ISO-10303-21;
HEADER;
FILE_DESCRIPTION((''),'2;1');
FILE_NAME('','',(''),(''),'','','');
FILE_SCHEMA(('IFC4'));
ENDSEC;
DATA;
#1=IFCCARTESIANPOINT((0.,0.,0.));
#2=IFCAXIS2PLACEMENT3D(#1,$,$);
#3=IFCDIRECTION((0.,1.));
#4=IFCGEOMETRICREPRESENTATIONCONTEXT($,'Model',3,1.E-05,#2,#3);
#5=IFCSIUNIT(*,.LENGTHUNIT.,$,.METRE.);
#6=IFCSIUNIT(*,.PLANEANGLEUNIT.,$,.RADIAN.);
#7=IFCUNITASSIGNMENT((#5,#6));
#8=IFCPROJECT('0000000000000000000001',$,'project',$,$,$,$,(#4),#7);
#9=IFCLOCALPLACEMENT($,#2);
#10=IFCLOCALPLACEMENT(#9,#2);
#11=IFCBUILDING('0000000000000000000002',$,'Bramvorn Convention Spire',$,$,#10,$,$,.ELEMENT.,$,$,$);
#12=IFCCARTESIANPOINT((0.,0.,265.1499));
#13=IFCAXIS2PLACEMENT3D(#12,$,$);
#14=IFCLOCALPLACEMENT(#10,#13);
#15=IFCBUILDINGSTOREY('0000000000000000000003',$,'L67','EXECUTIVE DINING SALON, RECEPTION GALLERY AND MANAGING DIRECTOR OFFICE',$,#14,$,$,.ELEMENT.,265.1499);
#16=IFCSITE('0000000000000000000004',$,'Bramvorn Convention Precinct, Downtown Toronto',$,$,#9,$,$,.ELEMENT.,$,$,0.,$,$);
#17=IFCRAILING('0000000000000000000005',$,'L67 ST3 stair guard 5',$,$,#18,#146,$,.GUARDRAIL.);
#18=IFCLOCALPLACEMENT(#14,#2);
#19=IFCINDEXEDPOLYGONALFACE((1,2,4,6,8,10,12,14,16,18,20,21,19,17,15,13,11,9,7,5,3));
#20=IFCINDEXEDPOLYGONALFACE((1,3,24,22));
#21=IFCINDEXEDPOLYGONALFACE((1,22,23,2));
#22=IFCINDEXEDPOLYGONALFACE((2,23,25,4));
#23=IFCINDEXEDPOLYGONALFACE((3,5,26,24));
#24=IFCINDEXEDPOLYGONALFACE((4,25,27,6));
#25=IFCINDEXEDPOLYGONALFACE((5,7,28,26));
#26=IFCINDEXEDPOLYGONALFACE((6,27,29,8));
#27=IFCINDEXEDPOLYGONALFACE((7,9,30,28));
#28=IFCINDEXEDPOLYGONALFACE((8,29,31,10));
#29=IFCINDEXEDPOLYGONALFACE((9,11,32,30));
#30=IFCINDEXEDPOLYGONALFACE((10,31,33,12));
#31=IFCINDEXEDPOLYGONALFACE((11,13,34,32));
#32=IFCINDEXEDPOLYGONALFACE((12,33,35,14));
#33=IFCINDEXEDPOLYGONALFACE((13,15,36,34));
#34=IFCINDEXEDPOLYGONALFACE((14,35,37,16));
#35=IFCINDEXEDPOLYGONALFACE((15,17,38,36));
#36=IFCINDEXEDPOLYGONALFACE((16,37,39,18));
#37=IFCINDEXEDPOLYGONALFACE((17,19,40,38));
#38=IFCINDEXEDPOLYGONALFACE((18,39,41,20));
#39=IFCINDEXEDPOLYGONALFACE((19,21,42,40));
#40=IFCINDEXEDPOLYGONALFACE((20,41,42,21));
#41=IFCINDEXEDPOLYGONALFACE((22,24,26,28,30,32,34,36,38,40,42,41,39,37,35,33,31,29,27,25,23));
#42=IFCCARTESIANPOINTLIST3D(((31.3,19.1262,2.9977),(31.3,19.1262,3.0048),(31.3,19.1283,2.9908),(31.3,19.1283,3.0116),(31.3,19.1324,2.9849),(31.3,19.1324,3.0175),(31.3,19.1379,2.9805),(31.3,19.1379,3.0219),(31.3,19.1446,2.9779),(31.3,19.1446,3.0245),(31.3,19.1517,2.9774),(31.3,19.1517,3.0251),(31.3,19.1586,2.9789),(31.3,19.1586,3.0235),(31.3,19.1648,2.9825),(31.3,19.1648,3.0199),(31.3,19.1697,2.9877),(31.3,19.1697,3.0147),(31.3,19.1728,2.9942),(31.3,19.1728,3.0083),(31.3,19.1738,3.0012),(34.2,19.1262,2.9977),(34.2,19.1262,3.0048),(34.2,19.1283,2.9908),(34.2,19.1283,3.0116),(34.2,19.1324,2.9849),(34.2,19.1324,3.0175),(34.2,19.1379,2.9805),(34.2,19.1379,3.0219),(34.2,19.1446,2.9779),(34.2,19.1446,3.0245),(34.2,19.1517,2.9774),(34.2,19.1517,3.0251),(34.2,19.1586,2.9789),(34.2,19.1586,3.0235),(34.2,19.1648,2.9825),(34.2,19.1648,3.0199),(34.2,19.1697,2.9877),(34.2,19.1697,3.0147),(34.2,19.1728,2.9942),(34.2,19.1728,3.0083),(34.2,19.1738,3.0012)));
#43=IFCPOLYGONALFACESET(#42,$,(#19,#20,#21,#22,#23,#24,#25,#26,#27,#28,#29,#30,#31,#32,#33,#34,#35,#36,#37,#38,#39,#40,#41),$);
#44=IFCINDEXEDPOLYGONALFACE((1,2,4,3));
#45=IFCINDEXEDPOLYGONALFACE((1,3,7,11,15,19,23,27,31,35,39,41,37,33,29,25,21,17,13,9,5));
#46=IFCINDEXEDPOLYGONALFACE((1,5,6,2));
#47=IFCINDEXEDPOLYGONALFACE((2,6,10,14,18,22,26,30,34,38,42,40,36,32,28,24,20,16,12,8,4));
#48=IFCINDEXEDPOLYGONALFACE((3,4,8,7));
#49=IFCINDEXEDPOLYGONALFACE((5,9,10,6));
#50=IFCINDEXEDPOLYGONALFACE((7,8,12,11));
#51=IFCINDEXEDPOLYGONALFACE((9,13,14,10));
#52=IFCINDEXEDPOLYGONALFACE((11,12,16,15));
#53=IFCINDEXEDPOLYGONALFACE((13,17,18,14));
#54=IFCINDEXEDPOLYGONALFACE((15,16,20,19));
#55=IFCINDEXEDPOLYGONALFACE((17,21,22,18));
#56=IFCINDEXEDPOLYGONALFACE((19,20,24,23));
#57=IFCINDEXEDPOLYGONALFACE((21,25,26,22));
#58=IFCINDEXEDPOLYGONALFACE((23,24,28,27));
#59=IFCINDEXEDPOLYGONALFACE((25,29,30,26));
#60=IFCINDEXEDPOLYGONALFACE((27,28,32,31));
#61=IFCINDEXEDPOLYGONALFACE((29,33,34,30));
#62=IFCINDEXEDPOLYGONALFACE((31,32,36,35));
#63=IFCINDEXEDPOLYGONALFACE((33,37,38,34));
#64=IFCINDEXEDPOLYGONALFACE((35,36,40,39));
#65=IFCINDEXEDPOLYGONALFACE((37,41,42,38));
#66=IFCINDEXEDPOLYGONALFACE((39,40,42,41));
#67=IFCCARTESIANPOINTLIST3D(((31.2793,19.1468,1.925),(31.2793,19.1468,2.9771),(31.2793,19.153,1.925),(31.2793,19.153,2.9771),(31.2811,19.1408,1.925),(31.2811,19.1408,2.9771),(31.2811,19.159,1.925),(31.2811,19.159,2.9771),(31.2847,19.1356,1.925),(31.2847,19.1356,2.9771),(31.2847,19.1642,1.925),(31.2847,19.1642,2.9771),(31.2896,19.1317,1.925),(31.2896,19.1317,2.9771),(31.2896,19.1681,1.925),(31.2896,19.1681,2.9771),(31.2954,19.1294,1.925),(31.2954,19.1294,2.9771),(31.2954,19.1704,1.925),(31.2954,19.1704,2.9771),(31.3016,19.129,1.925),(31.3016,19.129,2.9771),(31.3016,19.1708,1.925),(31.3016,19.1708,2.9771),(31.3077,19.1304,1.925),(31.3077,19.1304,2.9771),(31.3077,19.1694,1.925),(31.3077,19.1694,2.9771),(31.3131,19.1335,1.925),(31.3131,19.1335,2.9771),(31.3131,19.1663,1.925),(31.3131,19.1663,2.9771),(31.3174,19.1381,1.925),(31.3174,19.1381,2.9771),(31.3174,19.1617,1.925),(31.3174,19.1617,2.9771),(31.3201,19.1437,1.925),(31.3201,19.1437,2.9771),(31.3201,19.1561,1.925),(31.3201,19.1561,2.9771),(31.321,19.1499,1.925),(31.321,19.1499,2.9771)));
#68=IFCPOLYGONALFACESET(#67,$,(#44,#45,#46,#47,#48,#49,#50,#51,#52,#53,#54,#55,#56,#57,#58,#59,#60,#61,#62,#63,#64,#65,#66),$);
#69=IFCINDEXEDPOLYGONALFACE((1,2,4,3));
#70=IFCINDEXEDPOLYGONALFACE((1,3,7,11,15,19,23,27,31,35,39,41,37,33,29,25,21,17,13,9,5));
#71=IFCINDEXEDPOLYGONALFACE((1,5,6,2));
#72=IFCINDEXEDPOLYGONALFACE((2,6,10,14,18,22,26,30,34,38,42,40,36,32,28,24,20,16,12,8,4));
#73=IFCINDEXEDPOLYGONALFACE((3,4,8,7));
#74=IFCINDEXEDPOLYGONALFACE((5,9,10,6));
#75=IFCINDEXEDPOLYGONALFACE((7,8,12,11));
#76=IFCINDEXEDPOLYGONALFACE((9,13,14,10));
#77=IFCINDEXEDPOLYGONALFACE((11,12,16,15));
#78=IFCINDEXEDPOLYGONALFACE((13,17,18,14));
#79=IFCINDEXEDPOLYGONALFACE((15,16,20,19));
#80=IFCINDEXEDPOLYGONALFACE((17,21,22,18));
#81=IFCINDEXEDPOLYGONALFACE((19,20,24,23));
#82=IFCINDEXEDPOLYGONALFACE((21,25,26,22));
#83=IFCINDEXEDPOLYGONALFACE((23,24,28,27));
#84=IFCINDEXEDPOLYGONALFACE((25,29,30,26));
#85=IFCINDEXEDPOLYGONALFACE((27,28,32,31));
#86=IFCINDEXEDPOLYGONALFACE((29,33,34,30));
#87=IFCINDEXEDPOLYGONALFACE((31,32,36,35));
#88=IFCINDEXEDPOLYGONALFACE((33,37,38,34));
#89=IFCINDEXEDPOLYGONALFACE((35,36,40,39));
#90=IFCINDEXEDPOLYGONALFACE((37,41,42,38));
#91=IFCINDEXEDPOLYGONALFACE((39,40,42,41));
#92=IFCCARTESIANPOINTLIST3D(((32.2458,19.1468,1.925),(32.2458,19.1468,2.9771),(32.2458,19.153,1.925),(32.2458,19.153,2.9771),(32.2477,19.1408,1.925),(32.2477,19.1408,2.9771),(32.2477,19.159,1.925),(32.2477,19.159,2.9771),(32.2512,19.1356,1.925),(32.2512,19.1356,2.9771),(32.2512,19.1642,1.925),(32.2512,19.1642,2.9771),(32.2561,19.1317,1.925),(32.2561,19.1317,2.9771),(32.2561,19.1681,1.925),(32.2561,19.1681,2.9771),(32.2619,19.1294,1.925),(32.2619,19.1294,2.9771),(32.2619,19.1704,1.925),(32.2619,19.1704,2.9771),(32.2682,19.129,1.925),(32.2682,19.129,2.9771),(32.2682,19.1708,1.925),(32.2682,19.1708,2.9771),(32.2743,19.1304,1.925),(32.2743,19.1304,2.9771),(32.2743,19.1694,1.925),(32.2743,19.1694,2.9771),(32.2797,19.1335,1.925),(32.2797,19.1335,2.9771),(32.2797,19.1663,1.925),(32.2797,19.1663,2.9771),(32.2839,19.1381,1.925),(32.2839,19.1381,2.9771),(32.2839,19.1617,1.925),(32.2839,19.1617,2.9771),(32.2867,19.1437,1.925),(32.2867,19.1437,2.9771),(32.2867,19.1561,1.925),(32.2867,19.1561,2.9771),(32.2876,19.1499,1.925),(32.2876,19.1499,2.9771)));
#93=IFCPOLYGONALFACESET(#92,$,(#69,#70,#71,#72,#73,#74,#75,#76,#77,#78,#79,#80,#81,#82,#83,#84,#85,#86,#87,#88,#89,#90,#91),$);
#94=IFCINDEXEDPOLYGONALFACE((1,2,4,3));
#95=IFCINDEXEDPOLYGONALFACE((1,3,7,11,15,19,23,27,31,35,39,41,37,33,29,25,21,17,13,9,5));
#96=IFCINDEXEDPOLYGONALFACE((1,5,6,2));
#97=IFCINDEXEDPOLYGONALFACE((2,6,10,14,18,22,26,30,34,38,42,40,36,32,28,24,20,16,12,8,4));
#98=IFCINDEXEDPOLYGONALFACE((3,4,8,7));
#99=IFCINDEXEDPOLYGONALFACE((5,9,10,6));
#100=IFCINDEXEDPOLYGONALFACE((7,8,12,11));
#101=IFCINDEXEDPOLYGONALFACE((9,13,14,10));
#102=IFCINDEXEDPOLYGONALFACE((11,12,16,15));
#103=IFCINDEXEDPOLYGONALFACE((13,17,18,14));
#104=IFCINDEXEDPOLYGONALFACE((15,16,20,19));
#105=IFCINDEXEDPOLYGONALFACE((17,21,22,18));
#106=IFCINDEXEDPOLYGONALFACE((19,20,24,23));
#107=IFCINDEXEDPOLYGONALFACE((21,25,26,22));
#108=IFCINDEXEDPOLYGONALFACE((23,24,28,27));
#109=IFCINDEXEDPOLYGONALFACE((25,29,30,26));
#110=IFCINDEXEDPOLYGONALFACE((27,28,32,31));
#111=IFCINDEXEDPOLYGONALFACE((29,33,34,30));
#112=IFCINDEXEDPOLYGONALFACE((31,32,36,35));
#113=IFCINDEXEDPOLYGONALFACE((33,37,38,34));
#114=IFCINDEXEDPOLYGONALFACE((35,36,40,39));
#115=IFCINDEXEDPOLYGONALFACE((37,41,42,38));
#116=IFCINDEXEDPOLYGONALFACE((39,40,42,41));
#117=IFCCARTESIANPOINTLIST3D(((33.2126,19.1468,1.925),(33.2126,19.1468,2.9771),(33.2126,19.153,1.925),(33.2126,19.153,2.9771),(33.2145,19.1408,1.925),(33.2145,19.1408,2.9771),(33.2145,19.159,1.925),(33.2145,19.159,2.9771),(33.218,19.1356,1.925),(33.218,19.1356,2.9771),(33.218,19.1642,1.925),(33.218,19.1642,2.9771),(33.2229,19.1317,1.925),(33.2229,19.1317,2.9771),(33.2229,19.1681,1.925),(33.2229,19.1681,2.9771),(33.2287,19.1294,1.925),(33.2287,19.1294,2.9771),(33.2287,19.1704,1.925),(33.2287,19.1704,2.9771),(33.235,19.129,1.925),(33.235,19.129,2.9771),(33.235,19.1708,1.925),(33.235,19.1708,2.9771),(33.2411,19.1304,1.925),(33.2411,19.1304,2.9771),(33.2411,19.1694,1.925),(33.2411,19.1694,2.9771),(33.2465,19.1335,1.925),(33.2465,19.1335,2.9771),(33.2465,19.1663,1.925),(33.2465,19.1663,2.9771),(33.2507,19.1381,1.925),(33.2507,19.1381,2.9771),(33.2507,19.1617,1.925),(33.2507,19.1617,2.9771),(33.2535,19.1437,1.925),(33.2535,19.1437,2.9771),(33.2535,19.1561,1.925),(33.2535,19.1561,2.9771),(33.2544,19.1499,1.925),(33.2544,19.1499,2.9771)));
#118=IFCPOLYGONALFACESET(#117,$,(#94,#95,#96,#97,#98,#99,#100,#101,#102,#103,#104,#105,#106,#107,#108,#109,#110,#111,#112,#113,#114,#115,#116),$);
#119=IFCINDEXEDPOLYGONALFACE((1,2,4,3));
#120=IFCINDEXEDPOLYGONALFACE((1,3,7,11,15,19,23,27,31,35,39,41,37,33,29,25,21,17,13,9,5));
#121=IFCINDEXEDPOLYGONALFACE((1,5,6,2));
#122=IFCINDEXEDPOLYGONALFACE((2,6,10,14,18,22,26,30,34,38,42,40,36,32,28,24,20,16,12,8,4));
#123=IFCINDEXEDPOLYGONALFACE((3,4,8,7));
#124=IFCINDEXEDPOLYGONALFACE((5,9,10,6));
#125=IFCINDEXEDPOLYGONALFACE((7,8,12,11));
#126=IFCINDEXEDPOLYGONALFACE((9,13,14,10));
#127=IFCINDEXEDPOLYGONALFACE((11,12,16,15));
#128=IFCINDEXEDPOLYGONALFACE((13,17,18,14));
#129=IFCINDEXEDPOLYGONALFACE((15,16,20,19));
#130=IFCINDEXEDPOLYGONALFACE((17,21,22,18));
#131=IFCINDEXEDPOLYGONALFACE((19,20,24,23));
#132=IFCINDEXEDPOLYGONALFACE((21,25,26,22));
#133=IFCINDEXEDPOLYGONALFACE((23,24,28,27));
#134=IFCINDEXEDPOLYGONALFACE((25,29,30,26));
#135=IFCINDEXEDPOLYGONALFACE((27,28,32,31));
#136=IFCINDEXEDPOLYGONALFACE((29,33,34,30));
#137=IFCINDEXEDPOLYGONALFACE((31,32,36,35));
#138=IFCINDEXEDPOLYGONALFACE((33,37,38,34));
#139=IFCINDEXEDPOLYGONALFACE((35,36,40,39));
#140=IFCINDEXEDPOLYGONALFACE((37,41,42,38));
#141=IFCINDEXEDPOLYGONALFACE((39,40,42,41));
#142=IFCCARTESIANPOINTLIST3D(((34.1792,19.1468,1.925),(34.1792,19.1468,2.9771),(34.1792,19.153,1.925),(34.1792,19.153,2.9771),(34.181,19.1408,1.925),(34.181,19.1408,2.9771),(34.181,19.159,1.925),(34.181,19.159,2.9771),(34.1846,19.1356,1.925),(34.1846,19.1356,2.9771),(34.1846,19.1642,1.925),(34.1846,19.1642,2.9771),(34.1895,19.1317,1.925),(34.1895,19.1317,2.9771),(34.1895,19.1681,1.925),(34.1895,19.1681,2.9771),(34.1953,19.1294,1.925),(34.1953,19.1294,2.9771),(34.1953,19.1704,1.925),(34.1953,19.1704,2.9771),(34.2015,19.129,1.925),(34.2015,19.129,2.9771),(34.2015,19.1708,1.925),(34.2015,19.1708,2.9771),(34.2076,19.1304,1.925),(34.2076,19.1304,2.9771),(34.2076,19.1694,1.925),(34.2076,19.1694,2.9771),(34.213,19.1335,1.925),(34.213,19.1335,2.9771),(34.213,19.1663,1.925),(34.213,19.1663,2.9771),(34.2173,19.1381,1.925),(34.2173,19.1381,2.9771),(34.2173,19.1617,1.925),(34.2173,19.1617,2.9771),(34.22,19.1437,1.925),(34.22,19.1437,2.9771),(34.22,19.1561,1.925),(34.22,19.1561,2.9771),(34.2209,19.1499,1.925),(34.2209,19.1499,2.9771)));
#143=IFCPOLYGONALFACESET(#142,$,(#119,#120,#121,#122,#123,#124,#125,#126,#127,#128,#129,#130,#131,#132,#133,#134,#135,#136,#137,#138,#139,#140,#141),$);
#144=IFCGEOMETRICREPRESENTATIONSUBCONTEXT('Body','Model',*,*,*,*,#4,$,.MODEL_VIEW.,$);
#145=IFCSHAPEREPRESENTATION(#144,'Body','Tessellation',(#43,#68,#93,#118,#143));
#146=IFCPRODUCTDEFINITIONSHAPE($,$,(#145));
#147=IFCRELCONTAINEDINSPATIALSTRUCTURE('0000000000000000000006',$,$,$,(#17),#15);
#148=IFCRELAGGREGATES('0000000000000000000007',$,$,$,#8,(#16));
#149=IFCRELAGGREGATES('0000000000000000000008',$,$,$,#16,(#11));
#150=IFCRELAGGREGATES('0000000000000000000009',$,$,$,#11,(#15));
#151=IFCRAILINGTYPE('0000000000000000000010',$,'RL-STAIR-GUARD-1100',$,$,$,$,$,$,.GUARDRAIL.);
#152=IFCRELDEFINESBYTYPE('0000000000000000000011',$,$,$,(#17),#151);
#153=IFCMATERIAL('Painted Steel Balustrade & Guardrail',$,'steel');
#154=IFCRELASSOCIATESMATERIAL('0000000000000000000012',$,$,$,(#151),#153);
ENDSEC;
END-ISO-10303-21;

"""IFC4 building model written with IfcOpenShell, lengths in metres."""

from ifc_helpers import new_model, si_unit, direction, frame, origin, origin_2d, place, context, subcontext, project, spatial, circle, extrude, material, type_object, element, save


model = new_model("IFC4")

# Units and contexts
model_context = context("Model", 3, precision=1e-05, world=origin(), true_north=direction((0.0, 1.0)))
body_context = subcontext(model_context, "Body", "Model", "MODEL_VIEW")
ifc_project = project(units=[si_unit("LENGTHUNIT", "METRE"), si_unit("PLANEANGLEUNIT", "RADIAN")], contexts=[model_context])

# Site, building, storey
site_placement = place(None, origin())
site = spatial("IfcSite", under=ifc_project, at=site_placement, Name="Bramvorn Convention Precinct, Downtown Toronto", CompositionType="ELEMENT", RefElevation=0.0)
building_placement = place(site_placement, origin())
building = spatial("IfcBuilding", under=site, at=building_placement, Name="Bramvorn Convention Spire", CompositionType="ELEMENT")
storey_placement = place(building_placement, frame((0.0, 0.0, 265.1499)))
storey = spatial("IfcBuildingStorey", under=building, at=storey_placement, Name="L67", Description="EXECUTIVE DINING SALON, RECEPTION GALLERY AND MANAGING DIRECTOR OFFICE", CompositionType="ELEMENT", Elevation=265.1499)

# Railing
ifc_material_1 = material(Name="Painted Steel Balustrade & Guardrail", Category="steel")
railing_type_1 = type_object("IfcRailingType", Name="RL-STAIR-GUARD-1100", PredefinedType="GUARDRAIL", material=ifc_material_1)
railing_1_placement = place(storey_placement, frame((31.3, 19.1499, 1.925)))
element("IfcRailing", 1, at=railing_1_placement, inside=storey, type_object=railing_type_1, Name="L67 ST3 stair guard 5", PredefinedType="GUARDRAIL", context=body_context, shape_type="SweptSolid", body=[
    extrude(circle(Radius=0.0239, at=origin_2d()), frame((0.0, 0.0, 1.0762), z_axis=(1.0, 0.0, 0.0), x_axis=(0.0, 1.0, 0.0)), (0.0, 0.0, 1.0), 2.8999),
    extrude(circle(Radius=0.021, at=origin_2d()), origin(), (0.0, 0.0, 1.0), 1.052),
    extrude(circle(Radius=0.021, at=origin_2d()), frame((0.9666, 0.0, 0.0)), (0.0, 0.0, 1.0), 1.052),
    extrude(circle(Radius=0.021, at=origin_2d()), frame((1.9333, 0.0, 0.0)), (0.0, 0.0, 1.0), 1.052),
    extrude(circle(Radius=0.021, at=origin_2d()), frame((2.8999, 0.0, 0.0)), (0.0, 0.0, 1.0), 1.052),
])

save(model, "model.ifc")
